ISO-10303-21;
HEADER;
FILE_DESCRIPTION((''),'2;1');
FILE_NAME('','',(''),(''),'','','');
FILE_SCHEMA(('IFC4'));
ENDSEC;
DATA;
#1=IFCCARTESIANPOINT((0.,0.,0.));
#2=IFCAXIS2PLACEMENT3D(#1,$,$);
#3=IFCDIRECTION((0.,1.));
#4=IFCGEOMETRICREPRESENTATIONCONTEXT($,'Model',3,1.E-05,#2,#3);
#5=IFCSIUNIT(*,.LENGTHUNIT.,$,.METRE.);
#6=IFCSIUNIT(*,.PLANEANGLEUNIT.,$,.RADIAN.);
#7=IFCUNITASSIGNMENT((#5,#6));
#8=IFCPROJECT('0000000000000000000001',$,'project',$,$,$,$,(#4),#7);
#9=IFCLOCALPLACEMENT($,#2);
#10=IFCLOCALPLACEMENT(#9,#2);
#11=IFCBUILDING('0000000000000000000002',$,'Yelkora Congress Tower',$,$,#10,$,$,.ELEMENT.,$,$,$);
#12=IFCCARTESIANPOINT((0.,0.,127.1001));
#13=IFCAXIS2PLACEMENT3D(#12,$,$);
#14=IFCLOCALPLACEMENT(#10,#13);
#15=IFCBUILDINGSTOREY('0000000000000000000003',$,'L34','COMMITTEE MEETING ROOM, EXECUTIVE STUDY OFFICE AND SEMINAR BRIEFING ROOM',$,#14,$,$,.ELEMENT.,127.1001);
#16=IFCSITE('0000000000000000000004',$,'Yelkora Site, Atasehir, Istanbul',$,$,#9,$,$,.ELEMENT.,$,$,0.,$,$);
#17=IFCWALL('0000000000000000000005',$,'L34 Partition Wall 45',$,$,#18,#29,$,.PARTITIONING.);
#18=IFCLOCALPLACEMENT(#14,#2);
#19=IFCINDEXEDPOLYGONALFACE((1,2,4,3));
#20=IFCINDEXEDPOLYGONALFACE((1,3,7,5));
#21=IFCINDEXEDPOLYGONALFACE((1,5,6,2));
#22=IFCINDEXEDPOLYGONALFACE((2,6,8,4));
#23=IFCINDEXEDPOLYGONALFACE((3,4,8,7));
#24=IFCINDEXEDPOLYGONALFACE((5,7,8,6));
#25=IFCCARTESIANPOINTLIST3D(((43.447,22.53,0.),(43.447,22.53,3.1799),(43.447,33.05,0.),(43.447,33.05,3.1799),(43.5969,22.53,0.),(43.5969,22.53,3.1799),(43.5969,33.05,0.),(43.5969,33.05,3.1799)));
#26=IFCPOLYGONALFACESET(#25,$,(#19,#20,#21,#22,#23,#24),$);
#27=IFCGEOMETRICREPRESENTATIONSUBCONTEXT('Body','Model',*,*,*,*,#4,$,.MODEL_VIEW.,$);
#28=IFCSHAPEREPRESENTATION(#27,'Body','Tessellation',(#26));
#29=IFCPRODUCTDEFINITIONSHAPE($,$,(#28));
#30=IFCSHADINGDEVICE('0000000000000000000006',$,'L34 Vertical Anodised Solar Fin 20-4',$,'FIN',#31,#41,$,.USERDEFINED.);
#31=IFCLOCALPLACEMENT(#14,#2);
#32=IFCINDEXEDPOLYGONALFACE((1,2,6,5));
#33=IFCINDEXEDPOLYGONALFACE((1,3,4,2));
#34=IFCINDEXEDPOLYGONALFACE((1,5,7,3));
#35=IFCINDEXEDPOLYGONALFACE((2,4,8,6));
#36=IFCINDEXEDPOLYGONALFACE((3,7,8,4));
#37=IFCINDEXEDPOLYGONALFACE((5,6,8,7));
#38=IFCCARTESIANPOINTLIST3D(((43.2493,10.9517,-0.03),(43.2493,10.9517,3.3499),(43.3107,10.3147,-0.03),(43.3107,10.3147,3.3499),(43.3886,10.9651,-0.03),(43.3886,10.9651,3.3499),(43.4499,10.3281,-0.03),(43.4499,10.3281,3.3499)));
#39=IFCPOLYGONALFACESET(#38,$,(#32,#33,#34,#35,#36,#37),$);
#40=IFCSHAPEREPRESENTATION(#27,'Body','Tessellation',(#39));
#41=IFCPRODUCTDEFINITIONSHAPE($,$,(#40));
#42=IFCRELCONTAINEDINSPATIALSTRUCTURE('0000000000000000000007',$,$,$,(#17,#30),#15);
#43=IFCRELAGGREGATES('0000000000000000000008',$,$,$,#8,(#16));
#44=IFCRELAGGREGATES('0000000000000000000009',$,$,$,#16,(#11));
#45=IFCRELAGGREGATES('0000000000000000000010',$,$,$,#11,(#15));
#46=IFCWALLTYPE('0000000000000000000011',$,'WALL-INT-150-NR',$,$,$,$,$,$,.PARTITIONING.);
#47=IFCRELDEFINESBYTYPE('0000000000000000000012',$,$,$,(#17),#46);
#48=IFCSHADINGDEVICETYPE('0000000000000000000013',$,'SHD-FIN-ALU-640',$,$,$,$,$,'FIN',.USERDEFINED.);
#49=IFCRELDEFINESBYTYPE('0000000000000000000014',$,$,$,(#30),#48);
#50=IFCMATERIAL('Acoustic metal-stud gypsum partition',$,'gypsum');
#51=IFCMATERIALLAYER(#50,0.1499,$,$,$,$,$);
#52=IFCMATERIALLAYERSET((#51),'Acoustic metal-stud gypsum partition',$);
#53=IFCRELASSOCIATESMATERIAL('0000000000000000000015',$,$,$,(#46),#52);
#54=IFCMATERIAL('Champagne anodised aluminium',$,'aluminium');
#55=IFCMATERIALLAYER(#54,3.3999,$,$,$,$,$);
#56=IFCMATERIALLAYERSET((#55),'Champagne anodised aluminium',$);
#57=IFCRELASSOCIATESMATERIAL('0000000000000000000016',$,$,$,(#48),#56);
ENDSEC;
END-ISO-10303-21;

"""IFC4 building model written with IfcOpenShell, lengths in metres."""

from ifc_helpers import new_model, si_unit, direction, frame, frame_2d, origin, origin_2d, place, context, subcontext, project, spatial, rectangle, extrude, material, layer, layer_set, type_object, element, save


model = new_model("IFC4")

# Units and contexts
model_context = context("Model", 3, precision=1e-05, world=origin(), true_north=direction((0.0, 1.0)))
body_context = subcontext(model_context, "Body", "Model", "MODEL_VIEW")
ifc_project = project(units=[si_unit("LENGTHUNIT", "METRE"), si_unit("PLANEANGLEUNIT", "RADIAN")], contexts=[model_context])

# Site, building, storey
site_placement = place(None, origin())
site = spatial("IfcSite", under=ifc_project, at=site_placement, Name="Yelkora Site, Atasehir, Istanbul", CompositionType="ELEMENT", RefElevation=0.0)
building_placement = place(site_placement, origin())
building = spatial("IfcBuilding", under=site, at=building_placement, Name="Yelkora Congress Tower", CompositionType="ELEMENT")
storey_placement = place(building_placement, frame((0.0, 0.0, 127.1001)))
storey = spatial("IfcBuildingStorey", under=building, at=storey_placement, Name="L34", Description="COMMITTEE MEETING ROOM, EXECUTIVE STUDY OFFICE AND SEMINAR BRIEFING ROOM", CompositionType="ELEMENT", Elevation=127.1001)

# Wall
ifc_material_1 = material(Name="Acoustic metal-stud gypsum partition", Category="gypsum")
ifc_layer_1 = layer(ifc_material_1, 0.1499)
ifc_layer_set_1 = layer_set([ifc_layer_1], Name="Acoustic metal-stud gypsum partition")
wall_type = type_object("IfcWallType", Name="WALL-INT-150-NR", PredefinedType="PARTITIONING", material=ifc_layer_set_1)
for number, where, z_axis, x_axis, name in (
    (1, (43.522, 22.53, 0.0), (0.0, 0.0, 1.0), (0.0, 1.0, 0.0), "L34 Partition Wall 45"),
):
    element("IfcWall", number, at=place(storey_placement, frame(where, z_axis=z_axis, x_axis=x_axis)), inside=storey, type_object=wall_type, Name=name, PredefinedType="PARTITIONING", context=body_context, shape_type="SweptSolid", body=[
        extrude(rectangle(XDim=10.52, YDim=0.1499, at=frame_2d((5.26, 0.0))), origin(), (0.0, 0.0, 1.0), 3.1799),
    ])

# Shading device
ifc_material_2 = material(Name="Champagne anodised aluminium", Category="aluminium")
ifc_layer_2 = layer(ifc_material_2, 3.3999)
ifc_layer_set_2 = layer_set([ifc_layer_2], Name="Champagne anodised aluminium")
shading_device_type = type_object("IfcShadingDeviceType", Name="SHD-FIN-ALU-640", ElementType="FIN", PredefinedType="USERDEFINED", material=ifc_layer_set_2)
shading_device_placement = place(storey_placement, frame((43.3496, 10.6399, -0.03), z_axis=(0.0, 0.0, 1.0), x_axis=(-0.995396, -0.095846, 0.0)))
element("IfcShadingDevice", 2, at=shading_device_placement, inside=storey, type_object=shading_device_type, Name="L34 Vertical Anodised Solar Fin 20-4", ObjectType="FIN", PredefinedType="USERDEFINED", context=body_context, shape_type="SweptSolid", body=[
    extrude(rectangle(XDim=0.1399, YDim=0.6399, at=origin_2d()), origin(), (0.0, 0.0, 1.0), 3.3799),
])

save(model, "model.ifc")
